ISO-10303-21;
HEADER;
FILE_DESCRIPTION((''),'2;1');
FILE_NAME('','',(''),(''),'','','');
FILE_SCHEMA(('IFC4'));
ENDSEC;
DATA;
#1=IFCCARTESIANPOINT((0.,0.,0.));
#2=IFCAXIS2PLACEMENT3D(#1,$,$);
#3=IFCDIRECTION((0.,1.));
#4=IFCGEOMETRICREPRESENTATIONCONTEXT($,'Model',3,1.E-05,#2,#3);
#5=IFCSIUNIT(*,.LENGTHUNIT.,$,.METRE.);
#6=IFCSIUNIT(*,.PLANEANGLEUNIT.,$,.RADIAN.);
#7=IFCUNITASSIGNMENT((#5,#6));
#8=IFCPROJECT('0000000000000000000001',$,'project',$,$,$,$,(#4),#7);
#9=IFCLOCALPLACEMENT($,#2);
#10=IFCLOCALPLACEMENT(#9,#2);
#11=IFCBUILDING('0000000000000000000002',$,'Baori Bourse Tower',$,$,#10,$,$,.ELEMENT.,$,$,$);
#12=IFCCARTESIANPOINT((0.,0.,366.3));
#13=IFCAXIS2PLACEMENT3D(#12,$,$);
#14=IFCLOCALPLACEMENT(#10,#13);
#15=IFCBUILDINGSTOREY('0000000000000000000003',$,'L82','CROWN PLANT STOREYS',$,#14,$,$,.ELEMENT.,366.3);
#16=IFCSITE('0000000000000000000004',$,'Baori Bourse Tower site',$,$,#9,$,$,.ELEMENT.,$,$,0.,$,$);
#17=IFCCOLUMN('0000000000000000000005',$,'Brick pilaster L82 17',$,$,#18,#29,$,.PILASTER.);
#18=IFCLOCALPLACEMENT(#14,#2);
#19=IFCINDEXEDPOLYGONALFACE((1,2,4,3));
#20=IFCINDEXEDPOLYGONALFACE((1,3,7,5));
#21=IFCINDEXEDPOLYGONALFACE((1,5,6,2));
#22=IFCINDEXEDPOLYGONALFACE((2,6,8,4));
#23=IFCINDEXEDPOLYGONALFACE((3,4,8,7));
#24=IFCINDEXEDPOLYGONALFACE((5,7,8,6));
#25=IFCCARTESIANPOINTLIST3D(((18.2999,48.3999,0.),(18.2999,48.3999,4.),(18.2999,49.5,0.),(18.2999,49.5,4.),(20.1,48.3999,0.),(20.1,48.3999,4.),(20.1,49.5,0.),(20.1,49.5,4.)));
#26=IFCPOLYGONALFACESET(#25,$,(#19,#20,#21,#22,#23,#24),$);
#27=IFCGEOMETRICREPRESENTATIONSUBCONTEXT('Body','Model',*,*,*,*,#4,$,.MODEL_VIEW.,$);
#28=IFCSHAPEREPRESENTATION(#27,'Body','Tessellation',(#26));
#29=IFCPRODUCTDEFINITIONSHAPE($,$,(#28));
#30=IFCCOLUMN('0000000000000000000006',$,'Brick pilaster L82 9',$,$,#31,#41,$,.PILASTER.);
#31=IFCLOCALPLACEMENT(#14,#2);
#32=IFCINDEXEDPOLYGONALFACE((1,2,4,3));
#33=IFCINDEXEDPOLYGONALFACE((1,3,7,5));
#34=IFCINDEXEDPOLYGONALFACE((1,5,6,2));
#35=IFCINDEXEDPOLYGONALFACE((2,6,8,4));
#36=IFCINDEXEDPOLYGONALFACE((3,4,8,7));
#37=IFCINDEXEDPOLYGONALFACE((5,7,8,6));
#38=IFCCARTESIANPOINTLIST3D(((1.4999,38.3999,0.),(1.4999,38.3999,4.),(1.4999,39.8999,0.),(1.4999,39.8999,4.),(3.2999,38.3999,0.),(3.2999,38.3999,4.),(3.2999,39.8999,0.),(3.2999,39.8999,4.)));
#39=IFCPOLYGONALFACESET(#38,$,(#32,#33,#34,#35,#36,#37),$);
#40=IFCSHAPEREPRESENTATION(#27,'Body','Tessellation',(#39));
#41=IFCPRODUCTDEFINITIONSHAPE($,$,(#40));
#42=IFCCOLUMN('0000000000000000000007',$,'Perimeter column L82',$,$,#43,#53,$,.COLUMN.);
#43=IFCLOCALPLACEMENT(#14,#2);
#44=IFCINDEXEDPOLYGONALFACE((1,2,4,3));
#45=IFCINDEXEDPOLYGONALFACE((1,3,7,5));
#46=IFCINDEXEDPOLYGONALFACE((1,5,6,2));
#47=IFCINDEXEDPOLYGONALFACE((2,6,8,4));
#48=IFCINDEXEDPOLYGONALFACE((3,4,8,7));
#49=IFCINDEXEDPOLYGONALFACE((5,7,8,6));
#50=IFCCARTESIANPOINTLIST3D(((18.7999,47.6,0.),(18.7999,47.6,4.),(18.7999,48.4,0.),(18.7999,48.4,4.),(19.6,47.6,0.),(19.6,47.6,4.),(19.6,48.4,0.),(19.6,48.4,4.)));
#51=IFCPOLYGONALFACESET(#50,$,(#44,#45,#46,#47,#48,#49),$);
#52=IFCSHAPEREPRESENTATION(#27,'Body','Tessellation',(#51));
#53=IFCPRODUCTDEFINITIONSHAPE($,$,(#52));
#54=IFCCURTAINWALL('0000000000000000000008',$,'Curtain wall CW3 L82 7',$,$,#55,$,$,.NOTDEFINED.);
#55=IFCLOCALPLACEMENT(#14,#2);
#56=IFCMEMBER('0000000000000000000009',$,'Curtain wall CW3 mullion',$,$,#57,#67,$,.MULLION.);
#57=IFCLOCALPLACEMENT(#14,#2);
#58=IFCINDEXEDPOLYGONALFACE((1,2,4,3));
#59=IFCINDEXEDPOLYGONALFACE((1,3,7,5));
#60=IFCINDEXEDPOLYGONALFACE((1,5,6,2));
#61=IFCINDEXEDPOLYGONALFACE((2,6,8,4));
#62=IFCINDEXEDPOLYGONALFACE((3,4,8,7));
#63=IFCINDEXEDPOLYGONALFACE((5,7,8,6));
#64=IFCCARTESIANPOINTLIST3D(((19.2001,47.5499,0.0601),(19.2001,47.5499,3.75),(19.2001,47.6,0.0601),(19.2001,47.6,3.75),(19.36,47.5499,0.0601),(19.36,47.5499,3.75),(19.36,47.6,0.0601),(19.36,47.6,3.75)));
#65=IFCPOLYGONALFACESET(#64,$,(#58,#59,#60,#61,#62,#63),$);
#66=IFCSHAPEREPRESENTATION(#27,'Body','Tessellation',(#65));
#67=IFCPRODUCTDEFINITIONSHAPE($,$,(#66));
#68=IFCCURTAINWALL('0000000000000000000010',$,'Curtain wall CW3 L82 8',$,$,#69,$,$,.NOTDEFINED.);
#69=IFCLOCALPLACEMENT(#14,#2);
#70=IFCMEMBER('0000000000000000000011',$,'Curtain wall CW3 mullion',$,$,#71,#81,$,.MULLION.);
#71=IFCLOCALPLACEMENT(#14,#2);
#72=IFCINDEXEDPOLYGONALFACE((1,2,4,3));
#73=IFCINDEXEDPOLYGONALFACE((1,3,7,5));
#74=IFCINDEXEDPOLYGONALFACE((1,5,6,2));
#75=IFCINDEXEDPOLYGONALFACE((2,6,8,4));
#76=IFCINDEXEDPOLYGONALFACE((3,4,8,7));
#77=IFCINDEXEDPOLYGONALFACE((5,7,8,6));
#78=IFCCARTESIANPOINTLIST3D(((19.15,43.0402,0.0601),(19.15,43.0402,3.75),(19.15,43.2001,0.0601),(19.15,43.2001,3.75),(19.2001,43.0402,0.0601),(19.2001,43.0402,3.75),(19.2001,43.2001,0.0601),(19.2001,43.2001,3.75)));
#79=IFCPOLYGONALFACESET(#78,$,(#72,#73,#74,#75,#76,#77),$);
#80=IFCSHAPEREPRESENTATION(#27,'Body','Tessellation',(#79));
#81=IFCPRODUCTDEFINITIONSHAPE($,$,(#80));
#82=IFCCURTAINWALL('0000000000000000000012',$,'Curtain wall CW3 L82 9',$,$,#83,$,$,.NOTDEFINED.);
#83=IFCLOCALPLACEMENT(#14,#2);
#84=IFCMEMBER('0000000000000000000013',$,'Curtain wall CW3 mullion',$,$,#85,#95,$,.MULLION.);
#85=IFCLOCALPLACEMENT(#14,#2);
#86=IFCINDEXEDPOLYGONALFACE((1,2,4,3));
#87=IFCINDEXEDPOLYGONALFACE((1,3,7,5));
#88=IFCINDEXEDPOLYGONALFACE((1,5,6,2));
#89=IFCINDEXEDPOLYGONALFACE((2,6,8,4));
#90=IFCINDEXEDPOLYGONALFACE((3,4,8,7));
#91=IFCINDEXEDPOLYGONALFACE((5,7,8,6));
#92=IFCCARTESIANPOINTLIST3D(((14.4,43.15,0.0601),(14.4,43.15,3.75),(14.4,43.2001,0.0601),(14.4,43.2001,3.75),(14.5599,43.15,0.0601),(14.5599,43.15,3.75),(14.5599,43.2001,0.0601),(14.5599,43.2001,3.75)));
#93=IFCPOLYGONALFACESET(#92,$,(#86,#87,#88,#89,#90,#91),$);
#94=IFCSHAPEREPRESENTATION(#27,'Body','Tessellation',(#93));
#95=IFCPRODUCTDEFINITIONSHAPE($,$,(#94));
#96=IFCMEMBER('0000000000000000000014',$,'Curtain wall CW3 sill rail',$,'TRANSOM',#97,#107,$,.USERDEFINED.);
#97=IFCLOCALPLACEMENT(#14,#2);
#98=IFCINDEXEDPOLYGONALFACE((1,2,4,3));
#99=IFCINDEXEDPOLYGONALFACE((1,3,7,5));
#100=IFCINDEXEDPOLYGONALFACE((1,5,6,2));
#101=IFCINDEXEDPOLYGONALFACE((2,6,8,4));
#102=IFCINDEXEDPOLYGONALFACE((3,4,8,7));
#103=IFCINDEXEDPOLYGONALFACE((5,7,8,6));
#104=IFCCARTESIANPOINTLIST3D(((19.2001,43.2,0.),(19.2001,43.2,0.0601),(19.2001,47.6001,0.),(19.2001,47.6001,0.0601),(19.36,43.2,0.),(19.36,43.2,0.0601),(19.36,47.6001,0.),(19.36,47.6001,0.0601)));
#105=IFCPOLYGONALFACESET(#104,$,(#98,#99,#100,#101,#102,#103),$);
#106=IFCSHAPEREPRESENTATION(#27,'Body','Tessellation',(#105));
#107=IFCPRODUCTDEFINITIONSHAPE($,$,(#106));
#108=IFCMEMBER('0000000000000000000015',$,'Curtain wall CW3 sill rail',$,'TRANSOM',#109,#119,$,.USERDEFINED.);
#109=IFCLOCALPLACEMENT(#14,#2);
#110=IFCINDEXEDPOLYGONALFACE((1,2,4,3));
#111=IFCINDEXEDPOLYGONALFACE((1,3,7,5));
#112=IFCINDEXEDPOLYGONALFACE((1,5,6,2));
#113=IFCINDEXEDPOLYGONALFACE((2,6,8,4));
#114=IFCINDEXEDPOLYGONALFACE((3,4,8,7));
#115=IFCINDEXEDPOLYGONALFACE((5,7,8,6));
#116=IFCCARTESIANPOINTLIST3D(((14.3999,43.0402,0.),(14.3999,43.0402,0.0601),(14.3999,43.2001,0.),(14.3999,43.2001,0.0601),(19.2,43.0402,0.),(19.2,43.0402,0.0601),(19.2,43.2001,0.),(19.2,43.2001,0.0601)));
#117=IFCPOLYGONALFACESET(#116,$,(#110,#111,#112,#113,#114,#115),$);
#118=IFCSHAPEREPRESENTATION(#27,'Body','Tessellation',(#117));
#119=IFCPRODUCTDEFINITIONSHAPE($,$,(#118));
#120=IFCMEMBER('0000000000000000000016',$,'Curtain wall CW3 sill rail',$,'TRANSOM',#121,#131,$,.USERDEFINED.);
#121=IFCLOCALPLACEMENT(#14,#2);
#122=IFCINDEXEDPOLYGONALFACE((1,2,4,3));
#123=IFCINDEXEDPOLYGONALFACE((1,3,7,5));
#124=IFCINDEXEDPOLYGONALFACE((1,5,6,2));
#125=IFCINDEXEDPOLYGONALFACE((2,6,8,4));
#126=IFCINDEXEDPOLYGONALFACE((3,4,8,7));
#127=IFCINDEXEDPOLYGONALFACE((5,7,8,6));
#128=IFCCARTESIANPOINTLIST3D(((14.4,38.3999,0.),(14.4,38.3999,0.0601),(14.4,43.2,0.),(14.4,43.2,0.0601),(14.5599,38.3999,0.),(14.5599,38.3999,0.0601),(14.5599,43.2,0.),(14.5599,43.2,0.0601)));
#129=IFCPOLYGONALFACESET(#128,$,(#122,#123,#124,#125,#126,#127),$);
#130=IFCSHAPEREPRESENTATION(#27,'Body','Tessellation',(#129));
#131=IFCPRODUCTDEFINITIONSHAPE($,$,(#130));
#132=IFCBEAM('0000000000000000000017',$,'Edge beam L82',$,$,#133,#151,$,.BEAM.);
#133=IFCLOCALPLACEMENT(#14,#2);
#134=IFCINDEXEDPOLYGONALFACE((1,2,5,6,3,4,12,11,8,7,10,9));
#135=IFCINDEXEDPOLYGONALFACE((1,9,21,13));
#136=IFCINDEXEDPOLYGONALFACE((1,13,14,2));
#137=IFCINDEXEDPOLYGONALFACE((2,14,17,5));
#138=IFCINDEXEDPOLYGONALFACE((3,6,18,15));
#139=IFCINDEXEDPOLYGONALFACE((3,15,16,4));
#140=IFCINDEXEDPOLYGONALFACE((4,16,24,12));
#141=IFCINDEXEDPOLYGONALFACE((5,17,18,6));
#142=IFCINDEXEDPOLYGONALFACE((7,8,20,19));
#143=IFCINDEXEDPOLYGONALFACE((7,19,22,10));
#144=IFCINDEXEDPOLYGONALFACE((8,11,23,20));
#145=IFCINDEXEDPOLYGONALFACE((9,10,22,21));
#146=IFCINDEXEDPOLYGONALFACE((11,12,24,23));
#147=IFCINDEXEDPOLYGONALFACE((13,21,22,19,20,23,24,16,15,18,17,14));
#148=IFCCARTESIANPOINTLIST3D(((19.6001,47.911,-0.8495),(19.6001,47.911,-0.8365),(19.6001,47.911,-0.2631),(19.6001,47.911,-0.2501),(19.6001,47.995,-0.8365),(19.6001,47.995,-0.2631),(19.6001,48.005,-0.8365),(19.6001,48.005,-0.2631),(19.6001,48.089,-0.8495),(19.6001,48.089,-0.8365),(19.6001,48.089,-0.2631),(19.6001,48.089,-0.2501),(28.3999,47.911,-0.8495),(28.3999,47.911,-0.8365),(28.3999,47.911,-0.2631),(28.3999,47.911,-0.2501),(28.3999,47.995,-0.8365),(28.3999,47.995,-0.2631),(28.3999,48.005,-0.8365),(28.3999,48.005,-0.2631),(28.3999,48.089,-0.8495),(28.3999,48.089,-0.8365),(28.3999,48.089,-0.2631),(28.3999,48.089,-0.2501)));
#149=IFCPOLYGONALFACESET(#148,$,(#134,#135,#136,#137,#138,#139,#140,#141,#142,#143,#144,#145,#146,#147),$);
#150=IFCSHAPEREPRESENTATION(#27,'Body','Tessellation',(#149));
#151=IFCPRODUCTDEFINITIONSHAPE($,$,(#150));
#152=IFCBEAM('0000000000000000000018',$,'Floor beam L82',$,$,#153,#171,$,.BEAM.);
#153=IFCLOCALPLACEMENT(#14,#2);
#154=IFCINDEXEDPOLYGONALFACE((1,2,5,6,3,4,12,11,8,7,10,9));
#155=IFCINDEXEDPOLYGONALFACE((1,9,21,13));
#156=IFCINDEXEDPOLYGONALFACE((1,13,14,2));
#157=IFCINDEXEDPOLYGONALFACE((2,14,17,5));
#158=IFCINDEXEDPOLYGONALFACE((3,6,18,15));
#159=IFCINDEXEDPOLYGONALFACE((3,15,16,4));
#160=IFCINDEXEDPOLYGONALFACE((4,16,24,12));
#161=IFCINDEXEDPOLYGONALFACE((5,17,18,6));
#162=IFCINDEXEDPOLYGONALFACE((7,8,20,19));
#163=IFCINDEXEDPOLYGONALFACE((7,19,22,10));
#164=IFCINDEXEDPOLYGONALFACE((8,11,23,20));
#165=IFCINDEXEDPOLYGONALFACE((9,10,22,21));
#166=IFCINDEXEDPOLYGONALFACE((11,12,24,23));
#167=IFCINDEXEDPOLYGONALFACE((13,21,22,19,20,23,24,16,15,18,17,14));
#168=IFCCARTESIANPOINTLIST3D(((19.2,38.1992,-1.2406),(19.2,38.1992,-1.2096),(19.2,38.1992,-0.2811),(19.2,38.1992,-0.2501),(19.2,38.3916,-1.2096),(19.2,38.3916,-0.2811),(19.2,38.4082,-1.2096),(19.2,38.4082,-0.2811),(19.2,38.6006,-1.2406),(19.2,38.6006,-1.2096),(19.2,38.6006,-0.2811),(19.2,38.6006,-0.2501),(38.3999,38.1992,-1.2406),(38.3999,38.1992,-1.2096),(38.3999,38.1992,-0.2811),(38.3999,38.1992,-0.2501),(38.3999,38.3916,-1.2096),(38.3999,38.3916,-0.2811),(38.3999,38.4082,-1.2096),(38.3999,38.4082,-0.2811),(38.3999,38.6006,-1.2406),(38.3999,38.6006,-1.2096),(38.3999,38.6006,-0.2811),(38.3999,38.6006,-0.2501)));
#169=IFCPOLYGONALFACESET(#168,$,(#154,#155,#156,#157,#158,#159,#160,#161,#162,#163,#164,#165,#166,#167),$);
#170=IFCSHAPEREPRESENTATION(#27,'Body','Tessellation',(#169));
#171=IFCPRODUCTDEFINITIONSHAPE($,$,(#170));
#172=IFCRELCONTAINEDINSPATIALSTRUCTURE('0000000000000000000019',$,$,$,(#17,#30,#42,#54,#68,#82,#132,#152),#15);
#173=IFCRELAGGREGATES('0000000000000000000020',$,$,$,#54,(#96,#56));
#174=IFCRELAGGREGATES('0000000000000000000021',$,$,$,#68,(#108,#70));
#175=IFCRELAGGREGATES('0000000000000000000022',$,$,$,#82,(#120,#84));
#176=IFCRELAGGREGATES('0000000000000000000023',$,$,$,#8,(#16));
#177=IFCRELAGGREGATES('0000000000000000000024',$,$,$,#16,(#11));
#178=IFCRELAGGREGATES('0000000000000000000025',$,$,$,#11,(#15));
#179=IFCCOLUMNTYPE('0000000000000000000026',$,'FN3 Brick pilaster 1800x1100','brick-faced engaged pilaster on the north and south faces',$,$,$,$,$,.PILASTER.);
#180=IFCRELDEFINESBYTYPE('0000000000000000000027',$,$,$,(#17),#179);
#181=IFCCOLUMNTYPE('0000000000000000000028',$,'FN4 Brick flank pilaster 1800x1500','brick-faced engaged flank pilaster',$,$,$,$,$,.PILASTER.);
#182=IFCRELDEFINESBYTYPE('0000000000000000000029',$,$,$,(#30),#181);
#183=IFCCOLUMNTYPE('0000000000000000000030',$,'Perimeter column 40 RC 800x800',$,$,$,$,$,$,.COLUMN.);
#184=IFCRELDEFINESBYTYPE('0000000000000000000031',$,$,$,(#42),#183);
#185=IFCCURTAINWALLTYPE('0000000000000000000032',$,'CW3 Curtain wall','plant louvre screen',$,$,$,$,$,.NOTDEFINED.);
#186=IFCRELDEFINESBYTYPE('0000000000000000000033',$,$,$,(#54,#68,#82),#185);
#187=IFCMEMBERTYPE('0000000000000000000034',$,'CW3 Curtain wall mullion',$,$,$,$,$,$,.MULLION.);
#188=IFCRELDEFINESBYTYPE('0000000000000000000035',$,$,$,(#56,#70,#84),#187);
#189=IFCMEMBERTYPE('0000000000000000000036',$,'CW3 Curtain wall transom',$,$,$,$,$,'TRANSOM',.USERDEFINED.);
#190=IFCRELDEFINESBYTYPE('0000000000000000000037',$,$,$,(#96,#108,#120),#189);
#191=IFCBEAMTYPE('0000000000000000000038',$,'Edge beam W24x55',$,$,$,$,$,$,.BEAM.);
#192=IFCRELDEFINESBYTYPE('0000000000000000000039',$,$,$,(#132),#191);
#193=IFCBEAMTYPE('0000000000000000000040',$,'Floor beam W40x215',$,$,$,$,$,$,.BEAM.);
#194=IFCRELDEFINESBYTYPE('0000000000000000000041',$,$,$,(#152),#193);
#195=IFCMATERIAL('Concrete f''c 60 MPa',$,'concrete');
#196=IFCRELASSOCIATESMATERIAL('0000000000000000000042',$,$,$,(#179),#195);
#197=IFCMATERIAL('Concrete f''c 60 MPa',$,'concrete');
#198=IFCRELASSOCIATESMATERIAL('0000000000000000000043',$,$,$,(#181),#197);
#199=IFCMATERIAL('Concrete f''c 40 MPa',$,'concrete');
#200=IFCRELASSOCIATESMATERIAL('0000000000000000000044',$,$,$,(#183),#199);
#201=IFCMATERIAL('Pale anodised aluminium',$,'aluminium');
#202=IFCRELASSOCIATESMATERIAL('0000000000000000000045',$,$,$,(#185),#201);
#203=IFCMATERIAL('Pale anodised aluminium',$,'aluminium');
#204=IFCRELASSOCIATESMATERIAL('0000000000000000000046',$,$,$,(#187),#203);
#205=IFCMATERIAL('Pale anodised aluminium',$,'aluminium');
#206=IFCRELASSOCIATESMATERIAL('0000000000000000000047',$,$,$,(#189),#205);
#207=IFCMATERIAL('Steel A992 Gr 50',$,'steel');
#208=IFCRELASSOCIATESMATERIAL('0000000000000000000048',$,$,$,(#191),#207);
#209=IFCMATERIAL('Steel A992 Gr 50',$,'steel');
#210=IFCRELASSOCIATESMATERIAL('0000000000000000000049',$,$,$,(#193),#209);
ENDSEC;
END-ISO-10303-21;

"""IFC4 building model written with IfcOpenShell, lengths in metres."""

from ifc_helpers import new_model, si_unit, direction, frame, origin, origin_2d, place, context, subcontext, project, spatial, rectangle, i_section, extrude, material, material_profile, profile_set, type_object, element, aggregate, save


model = new_model("IFC4")

# Units and contexts
model_context = context("Model", 3, precision=1e-05, world=origin(), true_north=direction((0.0, 1.0)))
body_context = subcontext(model_context, "Body", "Model", "MODEL_VIEW")
ifc_project = project(units=[si_unit("LENGTHUNIT", "METRE"), si_unit("PLANEANGLEUNIT", "RADIAN")], contexts=[model_context])

# Site, building, storey
site_placement = place(None, origin())
site = spatial("IfcSite", under=ifc_project, at=site_placement, Name="Baori Bourse Tower site", CompositionType="ELEMENT", RefElevation=0.0)
building_placement = place(site_placement, origin())
building = spatial("IfcBuilding", under=site, at=building_placement, Name="Baori Bourse Tower", CompositionType="ELEMENT")
storey_placement = place(building_placement, frame((0.0, 0.0, 366.3)))
storey = spatial("IfcBuildingStorey", under=building, at=storey_placement, Name="L82", Description="CROWN PLANT STOREYS", CompositionType="ELEMENT", Elevation=366.3)

# Columns
ifc_material_1 = material(Name="Concrete f'c 60 MPa", Category="concrete")
ifc_material_profile_1 = material_profile(ifc_material_1, rectangle(XDim=1.8, YDim=1.1001, at=origin_2d()), Name="RC 1800x1100")
ifc_profile_set_1 = profile_set([ifc_material_profile_1], Name="Concrete f'c 60 MPa")
column_type_1 = type_object("IfcColumnType", Name="FN3 Brick pilaster 1800x1100", Description="brick-faced engaged pilaster on the north and south faces", PredefinedType="PILASTER", material=ifc_profile_set_1)
column_1_placement = place(storey_placement, frame((19.2, 48.95, 0.0), z_axis=(0.0, 0.0, 1.0), x_axis=(1.0, 0.0, 0.0)))
element("IfcColumn", 1, at=column_1_placement, inside=storey, type_object=column_type_1, Name="Brick pilaster L82 17", PredefinedType="PILASTER", context=body_context, shape_type="SweptSolid", body=[
    extrude(rectangle(XDim=1.8, YDim=1.1001, at=origin_2d()), origin(), (0.0, 0.0, 1.0), 4.0),
])
ifc_material_2 = material(Name="Concrete f'c 60 MPa", Category="concrete")
ifc_material_profile_2 = material_profile(ifc_material_2, rectangle(XDim=1.8, YDim=1.5, at=origin_2d()), Name="RC 1800x1500")
ifc_profile_set_2 = profile_set([ifc_material_profile_2], Name="Concrete f'c 60 MPa")
column_type_2 = type_object("IfcColumnType", Name="FN4 Brick flank pilaster 1800x1500", Description="brick-faced engaged flank pilaster", PredefinedType="PILASTER", material=ifc_profile_set_2)
column_2_placement = place(storey_placement, frame((2.3999, 39.1499, 0.0), z_axis=(0.0, 0.0, 1.0), x_axis=(1.0, 0.0, 0.0)))
element("IfcColumn", 2, at=column_2_placement, inside=storey, type_object=column_type_2, Name="Brick pilaster L82 9", PredefinedType="PILASTER", context=body_context, shape_type="SweptSolid", body=[
    extrude(rectangle(XDim=1.8, YDim=1.5, at=origin_2d()), origin(), (0.0, 0.0, 1.0), 4.0),
])
ifc_material_3 = material(Name="Concrete f'c 40 MPa", Category="concrete")
ifc_material_profile_3 = material_profile(ifc_material_3, rectangle(XDim=0.8, YDim=0.8, at=origin_2d()), Name="RC 800x800")
ifc_profile_set_3 = profile_set([ifc_material_profile_3], Name="Concrete f'c 40 MPa")
column_type_3 = type_object("IfcColumnType", Name="Perimeter column 40 RC 800x800", PredefinedType="COLUMN", material=ifc_profile_set_3)
column_3_placement = place(storey_placement, frame((19.2, 48.0, 0.0), z_axis=(0.0, 0.0, 1.0), x_axis=(1.0, 0.0, 0.0)))
element("IfcColumn", 3, at=column_3_placement, inside=storey, type_object=column_type_3, Name="Perimeter column L82", PredefinedType="COLUMN", context=body_context, shape_type="SweptSolid", body=[
    extrude(rectangle(XDim=0.8, YDim=0.8, at=origin_2d()), origin(), (0.0, 0.0, 1.0), 4.0),
])

# Curtain walls, members
ifc_material_4 = material(Name="Pale anodised aluminium", Category="aluminium")
curtain_wall_type = type_object("IfcCurtainWallType", Name="CW3 Curtain wall", Description="plant louvre screen", PredefinedType="NOTDEFINED", material=ifc_material_4)
curtain_wall_1_placement = place(storey_placement, origin())
curtain_wall_1 = element("IfcCurtainWall", 4, at=curtain_wall_1_placement, inside=storey, type_object=curtain_wall_type, Name="Curtain wall CW3 L82 7", PredefinedType="NOTDEFINED")
ifc_material_5 = material(Name="Pale anodised aluminium", Category="aluminium")
ifc_material_profile_4 = material_profile(ifc_material_5, rectangle(XDim=0.1599, YDim=0.05, at=origin_2d()), Name="Mullion 50x160")
ifc_profile_set_4 = profile_set([ifc_material_profile_4], Name="Pale anodised aluminium")
member_type_1 = type_object("IfcMemberType", Name="CW3 Curtain wall mullion", PredefinedType="MULLION", material=ifc_profile_set_4)
member_1_placement = place(storey_placement, frame((19.28, 47.575, 0.0601), z_axis=(0.0, 0.0, 1.0), x_axis=(1.0, 0.0, 0.0)))
member_1 = element("IfcMember", 5, at=member_1_placement, type_object=member_type_1, Name="Curtain wall CW3 mullion", PredefinedType="MULLION", context=body_context, shape_type="SweptSolid", body=[
    extrude(rectangle(XDim=0.1599, YDim=0.05, at=origin_2d()), origin(), (0.0, 0.0, 1.0), 3.6899),
])
curtain_wall_2_placement = place(storey_placement, origin())
curtain_wall_2 = element("IfcCurtainWall", 6, at=curtain_wall_2_placement, inside=storey, type_object=curtain_wall_type, Name="Curtain wall CW3 L82 8", PredefinedType="NOTDEFINED")
member_2_placement = place(storey_placement, frame((19.175, 43.1201, 0.0601), z_axis=(0.0, 0.0, 1.0), x_axis=(0.0, -1.0, 0.0)))
member_2 = element("IfcMember", 7, at=member_2_placement, type_object=member_type_1, Name="Curtain wall CW3 mullion", PredefinedType="MULLION", context=body_context, shape_type="SweptSolid", body=[
    extrude(rectangle(XDim=0.1599, YDim=0.05, at=origin_2d()), origin(), (0.0, 0.0, 1.0), 3.6899),
])
curtain_wall_3_placement = place(storey_placement, origin())
curtain_wall_3 = element("IfcCurtainWall", 8, at=curtain_wall_3_placement, inside=storey, type_object=curtain_wall_type, Name="Curtain wall CW3 L82 9", PredefinedType="NOTDEFINED")
member_3_placement = place(storey_placement, frame((14.48, 43.175, 0.0601), z_axis=(0.0, 0.0, 1.0), x_axis=(1.0, 0.0, 0.0)))
member_3 = element("IfcMember", 9, at=member_3_placement, type_object=member_type_1, Name="Curtain wall CW3 mullion", PredefinedType="MULLION", context=body_context, shape_type="SweptSolid", body=[
    extrude(rectangle(XDim=0.1599, YDim=0.05, at=origin_2d()), origin(), (0.0, 0.0, 1.0), 3.6899),
])

# Members
ifc_material_6 = material(Name="Pale anodised aluminium", Category="aluminium")
ifc_material_profile_5 = material_profile(ifc_material_6, rectangle(XDim=0.1599, YDim=0.0601, at=origin_2d()), Name="Transom 60x160")
ifc_profile_set_5 = profile_set([ifc_material_profile_5], Name="Pale anodised aluminium")
member_type_2 = type_object("IfcMemberType", Name="CW3 Curtain wall transom", ElementType="TRANSOM", PredefinedType="USERDEFINED", material=ifc_profile_set_5)
member_4_placement = place(storey_placement, frame((19.28, 47.6001, 0.03), z_axis=(0.0, -1.0, 0.0), x_axis=(1.0, 0.0, 0.0)))
member_4 = element("IfcMember", 10, at=member_4_placement, type_object=member_type_2, Name="Curtain wall CW3 sill rail", ObjectType="TRANSOM", PredefinedType="USERDEFINED", context=body_context, shape_type="SweptSolid", body=[
    extrude(rectangle(XDim=0.1599, YDim=0.0601, at=origin_2d()), origin(), (0.0, 0.0, 1.0), 4.4001),
])
member_5_placement = place(storey_placement, frame((19.2, 43.1201, 0.03), z_axis=(-1.0, 0.0, 0.0), x_axis=(0.0, -1.0, 0.0)))
member_5 = element("IfcMember", 11, at=member_5_placement, type_object=member_type_2, Name="Curtain wall CW3 sill rail", ObjectType="TRANSOM", PredefinedType="USERDEFINED", context=body_context, shape_type="SweptSolid", body=[
    extrude(rectangle(XDim=0.1599, YDim=0.0601, at=origin_2d()), origin(), (0.0, 0.0, 1.0), 4.8),
])
member_6_placement = place(storey_placement, frame((14.48, 43.2, 0.03), z_axis=(0.0, -1.0, 0.0), x_axis=(1.0, 0.0, 0.0)))
member_6 = element("IfcMember", 12, at=member_6_placement, type_object=member_type_2, Name="Curtain wall CW3 sill rail", ObjectType="TRANSOM", PredefinedType="USERDEFINED", context=body_context, shape_type="SweptSolid", body=[
    extrude(rectangle(XDim=0.1599, YDim=0.0601, at=origin_2d()), origin(), (0.0, 0.0, 1.0), 4.8),
])

# Beams
ifc_material_7 = material(Name="Steel A992 Gr 50", Category="steel")
ifc_material_profile_6 = material_profile(ifc_material_7, i_section(OverallWidth=0.178, OverallDepth=0.5994, WebThickness=0.01, FlangeThickness=0.0129, at=origin_2d()), Name="W24x55")
ifc_profile_set_6 = profile_set([ifc_material_profile_6], Name="Steel A992 Gr 50")
beam_type_1 = type_object("IfcBeamType", Name="Edge beam W24x55", PredefinedType="BEAM", material=ifc_profile_set_6)
beam_1_placement = place(storey_placement, frame((19.6001, 48.0, -0.5498), z_axis=(1.0, 0.0, 0.0), x_axis=(0.0, 1.0, 0.0)))
element("IfcBeam", 13, at=beam_1_placement, inside=storey, type_object=beam_type_1, Name="Edge beam L82", PredefinedType="BEAM", context=body_context, shape_type="SweptSolid", body=[
    extrude(i_section(OverallWidth=0.178, OverallDepth=0.5994, WebThickness=0.01, FlangeThickness=0.0129, at=origin_2d()), origin(), (0.0, 0.0, 1.0), 8.7998),
])
ifc_material_8 = material(Name="Steel A992 Gr 50", Category="steel")
ifc_material_profile_7 = material_profile(ifc_material_8, i_section(OverallWidth=0.4014, OverallDepth=0.9905, WebThickness=0.0166, FlangeThickness=0.031, at=origin_2d()), Name="W40x215")
ifc_profile_set_7 = profile_set([ifc_material_profile_7], Name="Steel A992 Gr 50")
beam_type_2 = type_object("IfcBeamType", Name="Floor beam W40x215", PredefinedType="BEAM", material=ifc_profile_set_7)
beam_2_placement = place(storey_placement, frame((19.2, 38.3999, -0.7454), z_axis=(1.0, 0.0, 0.0), x_axis=(0.0, 1.0, 0.0)))
element("IfcBeam", 14, at=beam_2_placement, inside=storey, type_object=beam_type_2, Name="Floor beam L82", PredefinedType="BEAM", context=body_context, shape_type="SweptSolid", body=[
    extrude(i_section(OverallWidth=0.4014, OverallDepth=0.9905, WebThickness=0.0166, FlangeThickness=0.031, at=origin_2d()), origin(), (0.0, 0.0, 1.0), 19.2),
])

aggregate(curtain_wall_1, [member_4, member_1])
aggregate(curtain_wall_2, [member_5, member_2])
aggregate(curtain_wall_3, [member_6, member_3])

save(model, "model.ifc")
